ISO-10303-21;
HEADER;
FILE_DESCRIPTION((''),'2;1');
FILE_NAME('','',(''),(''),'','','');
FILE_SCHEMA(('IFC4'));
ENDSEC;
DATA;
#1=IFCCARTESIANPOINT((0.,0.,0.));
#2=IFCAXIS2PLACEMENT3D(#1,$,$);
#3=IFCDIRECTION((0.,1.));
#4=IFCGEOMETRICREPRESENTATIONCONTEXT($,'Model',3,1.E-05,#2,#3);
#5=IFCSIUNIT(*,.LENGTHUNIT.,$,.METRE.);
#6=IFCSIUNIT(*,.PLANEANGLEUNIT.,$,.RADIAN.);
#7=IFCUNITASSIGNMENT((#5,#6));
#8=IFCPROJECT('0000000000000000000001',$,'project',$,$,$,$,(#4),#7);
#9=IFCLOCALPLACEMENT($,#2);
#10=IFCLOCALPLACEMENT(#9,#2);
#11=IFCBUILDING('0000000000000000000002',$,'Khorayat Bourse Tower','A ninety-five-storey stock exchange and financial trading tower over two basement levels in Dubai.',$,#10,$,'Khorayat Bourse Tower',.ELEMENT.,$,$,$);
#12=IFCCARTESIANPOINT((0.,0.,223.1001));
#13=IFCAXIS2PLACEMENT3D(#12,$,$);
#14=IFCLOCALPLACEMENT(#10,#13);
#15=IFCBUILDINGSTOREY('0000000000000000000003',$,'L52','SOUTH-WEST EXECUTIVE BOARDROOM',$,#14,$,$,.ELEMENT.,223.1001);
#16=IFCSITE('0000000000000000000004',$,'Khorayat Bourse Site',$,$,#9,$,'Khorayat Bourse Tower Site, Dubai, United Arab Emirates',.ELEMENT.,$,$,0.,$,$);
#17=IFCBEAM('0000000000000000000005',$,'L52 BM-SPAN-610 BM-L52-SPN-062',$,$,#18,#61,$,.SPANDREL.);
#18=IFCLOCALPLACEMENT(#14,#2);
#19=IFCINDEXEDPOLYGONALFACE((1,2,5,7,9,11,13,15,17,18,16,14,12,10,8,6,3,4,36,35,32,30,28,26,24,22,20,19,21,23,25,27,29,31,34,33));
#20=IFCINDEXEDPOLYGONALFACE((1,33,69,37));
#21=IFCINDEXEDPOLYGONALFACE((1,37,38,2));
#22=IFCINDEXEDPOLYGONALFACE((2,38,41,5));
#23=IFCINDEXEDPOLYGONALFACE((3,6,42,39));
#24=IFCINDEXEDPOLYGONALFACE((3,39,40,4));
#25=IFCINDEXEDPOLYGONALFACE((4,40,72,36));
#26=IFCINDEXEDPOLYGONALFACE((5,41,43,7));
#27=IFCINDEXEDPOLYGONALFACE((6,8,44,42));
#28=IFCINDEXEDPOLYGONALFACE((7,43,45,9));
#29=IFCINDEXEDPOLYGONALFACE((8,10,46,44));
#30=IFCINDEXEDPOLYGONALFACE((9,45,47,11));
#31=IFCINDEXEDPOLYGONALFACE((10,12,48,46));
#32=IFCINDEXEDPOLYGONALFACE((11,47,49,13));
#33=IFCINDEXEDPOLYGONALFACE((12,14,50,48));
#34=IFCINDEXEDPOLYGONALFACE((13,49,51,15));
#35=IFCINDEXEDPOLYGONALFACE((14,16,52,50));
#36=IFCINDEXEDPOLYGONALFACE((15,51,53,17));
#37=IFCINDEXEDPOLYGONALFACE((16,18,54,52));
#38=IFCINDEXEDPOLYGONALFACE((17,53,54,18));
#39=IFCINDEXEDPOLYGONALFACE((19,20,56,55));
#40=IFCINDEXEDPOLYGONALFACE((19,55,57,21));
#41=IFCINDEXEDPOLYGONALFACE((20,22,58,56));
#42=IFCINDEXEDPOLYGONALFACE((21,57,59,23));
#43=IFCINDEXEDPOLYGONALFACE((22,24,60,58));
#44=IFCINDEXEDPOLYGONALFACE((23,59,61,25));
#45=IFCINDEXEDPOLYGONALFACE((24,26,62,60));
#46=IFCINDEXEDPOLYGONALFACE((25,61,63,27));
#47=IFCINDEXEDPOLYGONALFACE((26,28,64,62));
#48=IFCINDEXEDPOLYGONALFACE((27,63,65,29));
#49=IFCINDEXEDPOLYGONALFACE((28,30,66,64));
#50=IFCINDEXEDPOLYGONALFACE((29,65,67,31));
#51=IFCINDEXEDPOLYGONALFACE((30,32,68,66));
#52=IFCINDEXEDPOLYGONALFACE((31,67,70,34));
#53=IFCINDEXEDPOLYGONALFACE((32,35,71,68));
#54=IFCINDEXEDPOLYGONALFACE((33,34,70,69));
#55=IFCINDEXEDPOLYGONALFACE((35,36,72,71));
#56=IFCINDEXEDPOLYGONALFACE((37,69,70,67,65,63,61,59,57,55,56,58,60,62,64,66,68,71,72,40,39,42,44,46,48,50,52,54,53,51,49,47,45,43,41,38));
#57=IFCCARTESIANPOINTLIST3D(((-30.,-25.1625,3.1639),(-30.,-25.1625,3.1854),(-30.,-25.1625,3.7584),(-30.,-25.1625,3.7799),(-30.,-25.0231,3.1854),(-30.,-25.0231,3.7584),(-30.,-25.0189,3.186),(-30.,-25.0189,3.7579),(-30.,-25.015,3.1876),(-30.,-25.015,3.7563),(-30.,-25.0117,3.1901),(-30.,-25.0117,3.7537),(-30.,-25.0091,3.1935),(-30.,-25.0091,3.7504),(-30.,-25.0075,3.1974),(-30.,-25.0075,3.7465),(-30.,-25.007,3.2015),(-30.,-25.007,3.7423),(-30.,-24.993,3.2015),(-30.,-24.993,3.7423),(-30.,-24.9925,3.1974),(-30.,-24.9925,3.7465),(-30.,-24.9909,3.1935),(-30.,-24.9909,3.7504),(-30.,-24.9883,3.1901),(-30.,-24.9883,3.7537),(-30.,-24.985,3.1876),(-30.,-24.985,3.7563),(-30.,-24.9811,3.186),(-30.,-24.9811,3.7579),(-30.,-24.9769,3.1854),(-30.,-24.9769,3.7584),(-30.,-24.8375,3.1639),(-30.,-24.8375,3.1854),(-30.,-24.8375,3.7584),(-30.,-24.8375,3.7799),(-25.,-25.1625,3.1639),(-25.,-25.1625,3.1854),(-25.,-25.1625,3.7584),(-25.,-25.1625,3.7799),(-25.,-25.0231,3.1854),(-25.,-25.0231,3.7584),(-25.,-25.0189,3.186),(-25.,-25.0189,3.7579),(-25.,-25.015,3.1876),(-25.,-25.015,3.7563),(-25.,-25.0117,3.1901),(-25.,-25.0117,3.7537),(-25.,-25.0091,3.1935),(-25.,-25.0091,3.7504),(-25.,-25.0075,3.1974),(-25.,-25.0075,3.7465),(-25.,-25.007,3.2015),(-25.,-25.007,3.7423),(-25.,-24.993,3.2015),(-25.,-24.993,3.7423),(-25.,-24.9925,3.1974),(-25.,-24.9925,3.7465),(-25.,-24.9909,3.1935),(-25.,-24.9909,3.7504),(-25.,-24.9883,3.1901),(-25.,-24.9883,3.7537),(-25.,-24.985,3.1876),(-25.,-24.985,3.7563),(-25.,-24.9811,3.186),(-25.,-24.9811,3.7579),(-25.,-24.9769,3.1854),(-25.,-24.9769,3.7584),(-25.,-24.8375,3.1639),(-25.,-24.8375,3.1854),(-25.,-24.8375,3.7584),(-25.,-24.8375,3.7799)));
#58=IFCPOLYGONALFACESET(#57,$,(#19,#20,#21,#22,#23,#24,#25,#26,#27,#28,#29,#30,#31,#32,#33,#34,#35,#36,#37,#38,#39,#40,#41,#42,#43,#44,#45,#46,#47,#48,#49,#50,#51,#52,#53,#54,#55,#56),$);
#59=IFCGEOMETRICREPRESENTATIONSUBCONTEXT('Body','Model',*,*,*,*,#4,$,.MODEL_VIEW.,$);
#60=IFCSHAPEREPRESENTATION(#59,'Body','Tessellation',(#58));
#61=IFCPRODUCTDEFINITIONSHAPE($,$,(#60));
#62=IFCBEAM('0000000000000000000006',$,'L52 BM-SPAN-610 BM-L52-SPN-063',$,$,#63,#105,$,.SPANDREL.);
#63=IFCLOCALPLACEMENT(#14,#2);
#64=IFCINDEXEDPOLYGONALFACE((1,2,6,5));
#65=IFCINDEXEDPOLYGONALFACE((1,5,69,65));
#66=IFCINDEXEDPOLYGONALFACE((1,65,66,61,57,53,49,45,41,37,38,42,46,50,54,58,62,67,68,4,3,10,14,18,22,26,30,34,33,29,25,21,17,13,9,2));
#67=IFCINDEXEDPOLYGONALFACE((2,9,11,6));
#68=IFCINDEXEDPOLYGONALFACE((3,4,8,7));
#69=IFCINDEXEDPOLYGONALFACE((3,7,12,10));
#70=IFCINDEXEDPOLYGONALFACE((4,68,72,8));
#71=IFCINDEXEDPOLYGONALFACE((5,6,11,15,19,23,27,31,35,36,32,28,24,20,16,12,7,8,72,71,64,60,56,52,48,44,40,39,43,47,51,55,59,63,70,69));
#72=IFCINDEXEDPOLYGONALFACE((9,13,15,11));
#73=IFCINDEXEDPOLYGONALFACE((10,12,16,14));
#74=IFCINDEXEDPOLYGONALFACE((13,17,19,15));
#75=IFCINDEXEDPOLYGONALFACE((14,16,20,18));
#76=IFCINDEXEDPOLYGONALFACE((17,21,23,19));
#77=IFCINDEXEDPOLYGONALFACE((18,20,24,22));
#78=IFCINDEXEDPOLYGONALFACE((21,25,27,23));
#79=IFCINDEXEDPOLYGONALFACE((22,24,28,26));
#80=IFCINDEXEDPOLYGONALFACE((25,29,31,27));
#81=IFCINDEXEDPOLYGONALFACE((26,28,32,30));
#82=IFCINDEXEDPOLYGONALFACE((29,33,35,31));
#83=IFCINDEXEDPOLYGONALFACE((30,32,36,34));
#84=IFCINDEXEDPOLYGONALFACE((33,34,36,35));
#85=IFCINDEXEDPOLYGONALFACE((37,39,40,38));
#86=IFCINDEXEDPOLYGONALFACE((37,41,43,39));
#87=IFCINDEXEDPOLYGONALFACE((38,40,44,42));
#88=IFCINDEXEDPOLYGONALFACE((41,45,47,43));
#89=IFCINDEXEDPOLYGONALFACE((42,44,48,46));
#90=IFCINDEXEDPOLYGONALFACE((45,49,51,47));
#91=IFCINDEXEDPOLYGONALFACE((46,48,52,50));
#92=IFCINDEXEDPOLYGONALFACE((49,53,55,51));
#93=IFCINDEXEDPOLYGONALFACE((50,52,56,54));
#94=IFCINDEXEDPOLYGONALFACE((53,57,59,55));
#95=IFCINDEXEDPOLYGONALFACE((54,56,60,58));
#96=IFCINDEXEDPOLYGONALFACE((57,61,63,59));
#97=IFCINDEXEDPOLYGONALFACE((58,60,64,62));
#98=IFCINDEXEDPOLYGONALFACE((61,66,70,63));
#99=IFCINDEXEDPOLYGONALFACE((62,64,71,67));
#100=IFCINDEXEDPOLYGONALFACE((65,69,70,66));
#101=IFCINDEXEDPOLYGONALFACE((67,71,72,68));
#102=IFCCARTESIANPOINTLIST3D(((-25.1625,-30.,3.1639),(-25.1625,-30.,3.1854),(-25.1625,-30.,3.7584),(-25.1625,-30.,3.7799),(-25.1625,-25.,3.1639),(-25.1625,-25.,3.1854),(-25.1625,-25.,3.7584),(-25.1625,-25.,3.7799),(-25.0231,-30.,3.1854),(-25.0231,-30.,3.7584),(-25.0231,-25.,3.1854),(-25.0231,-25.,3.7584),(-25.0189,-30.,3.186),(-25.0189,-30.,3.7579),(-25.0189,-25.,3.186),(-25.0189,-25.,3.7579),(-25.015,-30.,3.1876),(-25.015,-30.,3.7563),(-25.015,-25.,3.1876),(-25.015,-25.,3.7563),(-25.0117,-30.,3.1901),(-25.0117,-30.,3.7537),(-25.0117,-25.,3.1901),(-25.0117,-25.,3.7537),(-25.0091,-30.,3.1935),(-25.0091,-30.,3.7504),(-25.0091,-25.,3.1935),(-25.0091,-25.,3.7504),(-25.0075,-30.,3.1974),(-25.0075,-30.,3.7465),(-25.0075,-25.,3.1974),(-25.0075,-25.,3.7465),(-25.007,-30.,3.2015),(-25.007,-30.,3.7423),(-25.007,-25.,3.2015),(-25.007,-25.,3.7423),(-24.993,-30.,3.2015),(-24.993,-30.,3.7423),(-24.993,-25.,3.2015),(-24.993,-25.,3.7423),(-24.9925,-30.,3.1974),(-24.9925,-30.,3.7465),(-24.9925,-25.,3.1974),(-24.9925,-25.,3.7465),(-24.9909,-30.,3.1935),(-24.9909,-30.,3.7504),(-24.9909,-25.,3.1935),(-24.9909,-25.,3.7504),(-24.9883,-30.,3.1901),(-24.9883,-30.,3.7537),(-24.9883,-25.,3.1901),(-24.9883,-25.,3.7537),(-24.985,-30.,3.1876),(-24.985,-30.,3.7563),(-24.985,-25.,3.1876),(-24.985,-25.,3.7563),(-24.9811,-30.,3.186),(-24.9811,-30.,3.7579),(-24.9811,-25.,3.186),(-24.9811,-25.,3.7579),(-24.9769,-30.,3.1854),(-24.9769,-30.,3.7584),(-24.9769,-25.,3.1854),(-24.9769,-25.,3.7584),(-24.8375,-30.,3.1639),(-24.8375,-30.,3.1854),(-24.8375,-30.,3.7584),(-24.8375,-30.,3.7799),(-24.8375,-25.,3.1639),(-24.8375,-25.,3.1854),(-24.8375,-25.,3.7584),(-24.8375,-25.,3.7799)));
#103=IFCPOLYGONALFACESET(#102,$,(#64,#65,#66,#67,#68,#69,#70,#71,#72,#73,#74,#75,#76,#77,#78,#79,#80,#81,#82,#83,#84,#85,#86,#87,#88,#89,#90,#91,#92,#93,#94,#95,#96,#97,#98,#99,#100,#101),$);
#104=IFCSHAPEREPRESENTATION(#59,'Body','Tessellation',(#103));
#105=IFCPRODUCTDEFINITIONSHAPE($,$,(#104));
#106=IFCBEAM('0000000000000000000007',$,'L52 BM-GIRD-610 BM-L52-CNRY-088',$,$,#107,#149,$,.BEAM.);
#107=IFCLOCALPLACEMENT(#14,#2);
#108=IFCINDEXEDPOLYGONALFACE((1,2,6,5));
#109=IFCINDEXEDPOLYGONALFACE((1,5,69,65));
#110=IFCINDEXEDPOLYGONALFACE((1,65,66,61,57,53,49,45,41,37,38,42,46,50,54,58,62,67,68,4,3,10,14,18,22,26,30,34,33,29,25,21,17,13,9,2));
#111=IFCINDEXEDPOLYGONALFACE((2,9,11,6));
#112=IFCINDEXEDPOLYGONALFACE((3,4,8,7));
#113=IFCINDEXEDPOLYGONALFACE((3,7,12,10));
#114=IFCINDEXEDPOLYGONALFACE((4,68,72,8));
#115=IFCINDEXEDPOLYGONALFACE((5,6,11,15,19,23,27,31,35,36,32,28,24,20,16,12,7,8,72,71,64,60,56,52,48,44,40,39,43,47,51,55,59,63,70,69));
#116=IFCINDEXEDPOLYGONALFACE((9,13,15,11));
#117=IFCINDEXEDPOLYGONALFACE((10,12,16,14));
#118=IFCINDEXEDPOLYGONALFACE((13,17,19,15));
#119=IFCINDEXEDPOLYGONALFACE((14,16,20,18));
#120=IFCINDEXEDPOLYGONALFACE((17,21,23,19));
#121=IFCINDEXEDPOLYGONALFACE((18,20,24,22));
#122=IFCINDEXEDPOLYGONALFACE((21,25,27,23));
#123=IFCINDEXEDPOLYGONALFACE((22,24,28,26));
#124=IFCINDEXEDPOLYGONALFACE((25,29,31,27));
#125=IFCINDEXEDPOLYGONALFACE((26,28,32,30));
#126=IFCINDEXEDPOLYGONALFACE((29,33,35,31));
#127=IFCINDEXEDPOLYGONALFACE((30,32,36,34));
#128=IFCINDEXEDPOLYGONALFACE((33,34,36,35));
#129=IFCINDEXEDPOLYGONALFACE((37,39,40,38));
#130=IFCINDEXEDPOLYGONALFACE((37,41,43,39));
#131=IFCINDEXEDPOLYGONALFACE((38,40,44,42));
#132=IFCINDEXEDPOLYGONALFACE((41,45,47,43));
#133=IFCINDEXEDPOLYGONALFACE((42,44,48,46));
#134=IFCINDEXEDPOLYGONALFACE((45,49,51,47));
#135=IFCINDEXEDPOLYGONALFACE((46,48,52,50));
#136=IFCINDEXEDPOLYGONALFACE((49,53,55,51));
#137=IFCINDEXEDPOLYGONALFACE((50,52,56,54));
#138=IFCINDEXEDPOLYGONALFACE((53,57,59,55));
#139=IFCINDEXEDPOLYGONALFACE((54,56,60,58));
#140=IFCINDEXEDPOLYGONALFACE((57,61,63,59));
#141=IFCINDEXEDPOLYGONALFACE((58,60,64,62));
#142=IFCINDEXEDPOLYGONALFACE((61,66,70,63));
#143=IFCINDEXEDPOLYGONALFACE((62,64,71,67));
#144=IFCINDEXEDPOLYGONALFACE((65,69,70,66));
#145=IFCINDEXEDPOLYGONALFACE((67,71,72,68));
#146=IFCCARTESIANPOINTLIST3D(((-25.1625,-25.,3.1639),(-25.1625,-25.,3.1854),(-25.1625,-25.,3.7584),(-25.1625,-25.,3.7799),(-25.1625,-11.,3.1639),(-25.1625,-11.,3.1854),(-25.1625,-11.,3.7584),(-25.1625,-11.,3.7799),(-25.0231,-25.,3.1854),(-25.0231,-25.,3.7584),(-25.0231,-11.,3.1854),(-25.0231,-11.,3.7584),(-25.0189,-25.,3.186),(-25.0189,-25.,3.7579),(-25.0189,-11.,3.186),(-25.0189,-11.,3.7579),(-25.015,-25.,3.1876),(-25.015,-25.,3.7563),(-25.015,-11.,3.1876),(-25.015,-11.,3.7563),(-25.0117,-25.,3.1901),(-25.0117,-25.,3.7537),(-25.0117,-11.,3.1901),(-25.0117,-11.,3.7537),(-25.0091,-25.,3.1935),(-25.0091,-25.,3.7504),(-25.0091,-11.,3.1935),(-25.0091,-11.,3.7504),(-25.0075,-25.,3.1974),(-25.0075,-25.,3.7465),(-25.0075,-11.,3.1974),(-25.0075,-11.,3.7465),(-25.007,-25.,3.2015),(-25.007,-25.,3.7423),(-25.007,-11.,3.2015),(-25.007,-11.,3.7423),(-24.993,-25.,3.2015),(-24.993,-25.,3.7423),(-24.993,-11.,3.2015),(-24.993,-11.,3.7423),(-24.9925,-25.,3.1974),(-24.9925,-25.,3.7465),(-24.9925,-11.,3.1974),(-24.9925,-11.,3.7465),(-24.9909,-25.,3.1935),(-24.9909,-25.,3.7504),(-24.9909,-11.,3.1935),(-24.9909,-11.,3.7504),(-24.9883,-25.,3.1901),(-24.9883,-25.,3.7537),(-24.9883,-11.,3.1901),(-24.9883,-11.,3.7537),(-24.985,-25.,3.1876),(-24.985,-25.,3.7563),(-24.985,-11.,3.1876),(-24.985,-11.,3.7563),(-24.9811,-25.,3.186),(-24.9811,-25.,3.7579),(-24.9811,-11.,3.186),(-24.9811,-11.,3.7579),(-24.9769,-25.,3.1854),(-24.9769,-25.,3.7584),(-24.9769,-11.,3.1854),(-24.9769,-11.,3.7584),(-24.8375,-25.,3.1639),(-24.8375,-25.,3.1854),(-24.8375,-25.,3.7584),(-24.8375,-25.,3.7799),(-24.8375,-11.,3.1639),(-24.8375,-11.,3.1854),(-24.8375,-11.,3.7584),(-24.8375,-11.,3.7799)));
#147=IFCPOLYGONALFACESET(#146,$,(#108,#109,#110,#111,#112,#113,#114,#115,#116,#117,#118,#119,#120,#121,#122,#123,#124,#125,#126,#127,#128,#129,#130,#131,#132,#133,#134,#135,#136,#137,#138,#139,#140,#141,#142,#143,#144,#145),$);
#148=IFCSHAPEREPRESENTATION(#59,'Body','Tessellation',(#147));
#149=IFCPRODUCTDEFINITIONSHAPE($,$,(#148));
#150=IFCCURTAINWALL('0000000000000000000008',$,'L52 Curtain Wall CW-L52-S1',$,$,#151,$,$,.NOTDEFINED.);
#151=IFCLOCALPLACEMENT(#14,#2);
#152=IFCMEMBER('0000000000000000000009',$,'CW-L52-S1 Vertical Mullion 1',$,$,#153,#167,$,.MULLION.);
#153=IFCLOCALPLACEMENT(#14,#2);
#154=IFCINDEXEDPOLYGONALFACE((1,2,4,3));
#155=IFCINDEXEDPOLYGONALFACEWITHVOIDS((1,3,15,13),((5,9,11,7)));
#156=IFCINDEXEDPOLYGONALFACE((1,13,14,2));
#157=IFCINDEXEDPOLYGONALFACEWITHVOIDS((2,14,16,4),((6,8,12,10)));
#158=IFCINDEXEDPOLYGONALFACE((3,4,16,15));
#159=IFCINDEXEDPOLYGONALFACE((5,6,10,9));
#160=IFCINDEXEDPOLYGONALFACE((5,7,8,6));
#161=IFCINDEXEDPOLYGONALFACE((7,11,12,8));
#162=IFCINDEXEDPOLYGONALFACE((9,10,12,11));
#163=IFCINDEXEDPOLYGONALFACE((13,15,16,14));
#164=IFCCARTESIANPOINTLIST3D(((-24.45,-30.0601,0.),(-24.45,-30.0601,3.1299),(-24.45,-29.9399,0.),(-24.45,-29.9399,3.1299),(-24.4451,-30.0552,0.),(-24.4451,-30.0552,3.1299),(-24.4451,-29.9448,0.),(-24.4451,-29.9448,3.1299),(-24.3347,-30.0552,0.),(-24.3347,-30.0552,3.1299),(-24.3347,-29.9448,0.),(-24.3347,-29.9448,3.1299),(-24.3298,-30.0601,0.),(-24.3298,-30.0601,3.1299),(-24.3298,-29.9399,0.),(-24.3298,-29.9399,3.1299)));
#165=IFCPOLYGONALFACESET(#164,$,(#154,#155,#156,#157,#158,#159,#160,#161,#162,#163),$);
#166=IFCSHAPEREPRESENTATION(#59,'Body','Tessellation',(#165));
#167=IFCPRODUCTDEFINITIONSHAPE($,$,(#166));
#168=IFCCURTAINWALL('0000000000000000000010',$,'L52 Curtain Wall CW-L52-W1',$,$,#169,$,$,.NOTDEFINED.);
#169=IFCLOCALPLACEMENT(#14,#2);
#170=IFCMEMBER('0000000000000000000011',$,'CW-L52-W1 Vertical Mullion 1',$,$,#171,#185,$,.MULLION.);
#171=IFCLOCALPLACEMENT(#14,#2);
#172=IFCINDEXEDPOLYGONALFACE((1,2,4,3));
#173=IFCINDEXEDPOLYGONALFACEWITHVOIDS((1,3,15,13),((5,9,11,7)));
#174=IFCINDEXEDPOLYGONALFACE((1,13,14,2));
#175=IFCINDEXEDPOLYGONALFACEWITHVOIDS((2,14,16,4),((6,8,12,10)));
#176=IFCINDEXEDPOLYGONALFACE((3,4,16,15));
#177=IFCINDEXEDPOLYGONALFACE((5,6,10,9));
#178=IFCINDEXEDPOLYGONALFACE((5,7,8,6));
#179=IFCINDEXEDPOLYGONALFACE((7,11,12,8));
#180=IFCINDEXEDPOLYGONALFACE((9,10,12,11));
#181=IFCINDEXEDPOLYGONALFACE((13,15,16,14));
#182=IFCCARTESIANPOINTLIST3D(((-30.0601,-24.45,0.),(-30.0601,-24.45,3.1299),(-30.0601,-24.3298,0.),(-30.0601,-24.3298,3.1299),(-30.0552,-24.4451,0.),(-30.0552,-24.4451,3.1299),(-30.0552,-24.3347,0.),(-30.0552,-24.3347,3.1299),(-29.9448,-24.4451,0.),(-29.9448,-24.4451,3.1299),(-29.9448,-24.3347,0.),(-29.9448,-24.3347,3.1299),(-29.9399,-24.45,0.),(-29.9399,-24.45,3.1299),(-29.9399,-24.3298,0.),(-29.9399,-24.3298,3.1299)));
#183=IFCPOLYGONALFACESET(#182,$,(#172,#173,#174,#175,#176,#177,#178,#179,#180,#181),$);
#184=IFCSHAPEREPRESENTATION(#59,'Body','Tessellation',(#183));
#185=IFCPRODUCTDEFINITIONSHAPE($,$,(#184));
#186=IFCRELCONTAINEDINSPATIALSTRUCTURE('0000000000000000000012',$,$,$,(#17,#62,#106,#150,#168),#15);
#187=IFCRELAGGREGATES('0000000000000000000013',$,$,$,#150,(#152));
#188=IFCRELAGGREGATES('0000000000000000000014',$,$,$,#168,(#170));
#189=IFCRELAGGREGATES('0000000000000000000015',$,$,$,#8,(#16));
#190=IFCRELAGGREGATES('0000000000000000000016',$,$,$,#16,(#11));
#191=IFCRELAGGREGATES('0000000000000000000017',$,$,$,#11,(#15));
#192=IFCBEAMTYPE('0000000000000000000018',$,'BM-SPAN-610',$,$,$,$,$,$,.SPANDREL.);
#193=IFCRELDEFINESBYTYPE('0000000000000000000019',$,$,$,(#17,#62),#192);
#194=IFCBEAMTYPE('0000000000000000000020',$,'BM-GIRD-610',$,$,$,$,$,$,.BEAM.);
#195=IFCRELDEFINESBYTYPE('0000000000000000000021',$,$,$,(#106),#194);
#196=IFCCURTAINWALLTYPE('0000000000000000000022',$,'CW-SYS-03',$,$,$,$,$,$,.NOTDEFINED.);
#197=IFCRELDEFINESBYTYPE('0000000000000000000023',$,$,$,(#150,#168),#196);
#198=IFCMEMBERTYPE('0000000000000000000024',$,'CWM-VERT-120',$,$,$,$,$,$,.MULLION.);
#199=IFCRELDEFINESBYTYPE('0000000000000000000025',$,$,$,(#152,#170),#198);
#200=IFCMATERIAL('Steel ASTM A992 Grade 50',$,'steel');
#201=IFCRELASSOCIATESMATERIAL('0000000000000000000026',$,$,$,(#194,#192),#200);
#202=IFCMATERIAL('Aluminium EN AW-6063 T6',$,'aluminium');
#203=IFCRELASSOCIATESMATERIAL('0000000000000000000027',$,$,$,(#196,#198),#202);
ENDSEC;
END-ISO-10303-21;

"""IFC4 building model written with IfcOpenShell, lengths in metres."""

from ifc_helpers import new_model, si_unit, direction, frame, origin, origin_2d, place, context, subcontext, project, spatial, hollow_rectangle, i_section, extrude, source, transform, mapped, material, material_profile, profile_set, type_object, element, aggregate, save


model = new_model("IFC4")

# Units and contexts
model_context = context("Model", 3, precision=1e-05, world=origin(), true_north=direction((0.0, 1.0)))
body_context = subcontext(model_context, "Body", "Model", "MODEL_VIEW")
ifc_project = project(units=[si_unit("LENGTHUNIT", "METRE"), si_unit("PLANEANGLEUNIT", "RADIAN")], contexts=[model_context])

# Site, building, storey
site_placement = place(None, origin())
site = spatial("IfcSite", under=ifc_project, at=site_placement, Name="Khorayat Bourse Site", LongName="Khorayat Bourse Tower Site, Dubai, United Arab Emirates", CompositionType="ELEMENT", RefElevation=0.0)
building_placement = place(site_placement, origin())
building = spatial("IfcBuilding", under=site, at=building_placement, Name="Khorayat Bourse Tower", Description="A ninety-five-storey stock exchange and financial trading tower over two basement levels in Dubai.", LongName="Khorayat Bourse Tower", CompositionType="ELEMENT")
storey_placement = place(building_placement, frame((0.0, 0.0, 223.1001)))
storey = spatial("IfcBuildingStorey", under=building, at=storey_placement, Name="L52", Description="SOUTH-WEST EXECUTIVE BOARDROOM", CompositionType="ELEMENT", Elevation=223.1001)

# Beams
ifc_material_1 = material(Name="Steel ASTM A992 Grade 50", Category="steel")
ifc_material_profile_1 = material_profile(ifc_material_1, i_section(OverallWidth=0.325, OverallDepth=0.616, WebThickness=0.0139, FlangeThickness=0.0215, FilletRadius=0.0161, at=origin_2d()), Name="W610X174")
ifc_profile_set_1 = profile_set([ifc_material_profile_1], Name="Steel ASTM A992 Grade 50")
beam_type_1 = type_object("IfcBeamType", Name="BM-GIRD-610", PredefinedType="BEAM", material=ifc_profile_set_1)
ifc_material_profile_2 = material_profile(ifc_material_1, i_section(OverallWidth=0.325, OverallDepth=0.616, WebThickness=0.0139, FlangeThickness=0.0215, FilletRadius=0.0161, at=origin_2d()), Name="W610X174")
ifc_profile_set_2 = profile_set([ifc_material_profile_2], Name="Steel ASTM A992 Grade 50")
beam_type_2 = type_object("IfcBeamType", Name="BM-SPAN-610", PredefinedType="SPANDREL", material=ifc_profile_set_2)
shared_shape_1 = source(origin(), body_context, "Body", "SweptSolid", [
    extrude(i_section(OverallWidth=0.325, OverallDepth=0.616, WebThickness=0.0139, FlangeThickness=0.0215, FilletRadius=0.0161, at=origin_2d()), origin(), (0.0, 0.0, 1.0), 5.0),
])
for number, where, z_axis, x_axis, name in (
    (1, (-30.0, -25.0, 3.4719), (1.0, 0.0, 0.0), (0.0, 1.0, 0.0), "L52 BM-SPAN-610 BM-L52-SPN-062"),
    (2, (-25.0, -30.0, 3.4719), (0.0, 1.0, 0.0), (-1.0, 0.0, 0.0), "L52 BM-SPAN-610 BM-L52-SPN-063"),
):
    element("IfcBeam", number, at=place(storey_placement, frame(where, z_axis=z_axis, x_axis=x_axis)), inside=storey, type_object=beam_type_2, Name=name, PredefinedType="SPANDREL", context=body_context, shape_type="MappedRepresentation", body=[
        mapped(shared_shape_1, transform((0.0, 0.0, 0.0), scale=1.0)),
    ])
shared_shape_2 = source(origin(), body_context, "Body", "SweptSolid", [
    extrude(i_section(OverallWidth=0.325, OverallDepth=0.616, WebThickness=0.0139, FlangeThickness=0.0215, FilletRadius=0.0161, at=origin_2d()), origin(), (0.0, 0.0, 1.0), 14.0),
])
beam_1_placement = place(storey_placement, frame((-25.0, -25.0, 3.4719), z_axis=(0.0, 1.0, 0.0), x_axis=(-1.0, 0.0, 0.0)))
element("IfcBeam", 3, at=beam_1_placement, inside=storey, type_object=beam_type_1, Name="L52 BM-GIRD-610 BM-L52-CNRY-088", PredefinedType="BEAM", context=body_context, shape_type="MappedRepresentation", body=[
    mapped(shared_shape_2, transform((0.0, 0.0, 0.0), scale=1.0)),
])

# Curtain walls, members
ifc_material_2 = material(Name="Aluminium EN AW-6063 T6", Category="aluminium")
curtain_wall_type = type_object("IfcCurtainWallType", Name="CW-SYS-03", PredefinedType="NOTDEFINED", material=ifc_material_2)
curtain_wall_1_placement = place(storey_placement, origin())
curtain_wall_1 = element("IfcCurtainWall", 4, at=curtain_wall_1_placement, inside=storey, type_object=curtain_wall_type, Name="L52 Curtain Wall CW-L52-S1", PredefinedType="NOTDEFINED")
ifc_material_profile_3 = material_profile(ifc_material_2, hollow_rectangle(XDim=0.1201, YDim=0.1201, WallThickness=0.0049, at=origin_2d()), Name="ALU 120x120x5")
ifc_profile_set_3 = profile_set([ifc_material_profile_3], Name="Aluminium EN AW-6063 T6")
member_type_1 = type_object("IfcMemberType", Name="CWM-VERT-120", PredefinedType="MULLION", material=ifc_profile_set_3)
shared_shape_3 = source(origin(), body_context, "Body", "SweptSolid", [
    extrude(hollow_rectangle(XDim=0.1201, YDim=0.1201, WallThickness=0.0049, at=origin_2d()), origin(), (0.0, 0.0, 1.0), 3.1299),
])
member_1_placement = place(storey_placement, frame((-24.3899, -30.0, 0.0), z_axis=(0.0, 0.0, 1.0), x_axis=(0.0, 1.0, 0.0)))
member_1 = element("IfcMember", 5, at=member_1_placement, type_object=member_type_1, Name="CW-L52-S1 Vertical Mullion 1", PredefinedType="MULLION", context=body_context, shape_type="MappedRepresentation", body=[
    mapped(shared_shape_3, transform((0.0, 0.0, 0.0), scale=1.0)),
])
curtain_wall_2_placement = place(storey_placement, origin())
curtain_wall_2 = element("IfcCurtainWall", 6, at=curtain_wall_2_placement, inside=storey, type_object=curtain_wall_type, Name="L52 Curtain Wall CW-L52-W1", PredefinedType="NOTDEFINED")
member_2_placement = place(storey_placement, frame((-30.0, -24.3899, 0.0), z_axis=(0.0, 0.0, 1.0), x_axis=(-1.0, 0.0, 0.0)))
member_2 = element("IfcMember", 7, at=member_2_placement, type_object=member_type_1, Name="CW-L52-W1 Vertical Mullion 1", PredefinedType="MULLION", context=body_context, shape_type="MappedRepresentation", body=[
    mapped(shared_shape_3, transform((0.0, 0.0, 0.0), scale=1.0)),
])

aggregate(curtain_wall_1, [member_1])
aggregate(curtain_wall_2, [member_2])

save(model, "model.ifc")
